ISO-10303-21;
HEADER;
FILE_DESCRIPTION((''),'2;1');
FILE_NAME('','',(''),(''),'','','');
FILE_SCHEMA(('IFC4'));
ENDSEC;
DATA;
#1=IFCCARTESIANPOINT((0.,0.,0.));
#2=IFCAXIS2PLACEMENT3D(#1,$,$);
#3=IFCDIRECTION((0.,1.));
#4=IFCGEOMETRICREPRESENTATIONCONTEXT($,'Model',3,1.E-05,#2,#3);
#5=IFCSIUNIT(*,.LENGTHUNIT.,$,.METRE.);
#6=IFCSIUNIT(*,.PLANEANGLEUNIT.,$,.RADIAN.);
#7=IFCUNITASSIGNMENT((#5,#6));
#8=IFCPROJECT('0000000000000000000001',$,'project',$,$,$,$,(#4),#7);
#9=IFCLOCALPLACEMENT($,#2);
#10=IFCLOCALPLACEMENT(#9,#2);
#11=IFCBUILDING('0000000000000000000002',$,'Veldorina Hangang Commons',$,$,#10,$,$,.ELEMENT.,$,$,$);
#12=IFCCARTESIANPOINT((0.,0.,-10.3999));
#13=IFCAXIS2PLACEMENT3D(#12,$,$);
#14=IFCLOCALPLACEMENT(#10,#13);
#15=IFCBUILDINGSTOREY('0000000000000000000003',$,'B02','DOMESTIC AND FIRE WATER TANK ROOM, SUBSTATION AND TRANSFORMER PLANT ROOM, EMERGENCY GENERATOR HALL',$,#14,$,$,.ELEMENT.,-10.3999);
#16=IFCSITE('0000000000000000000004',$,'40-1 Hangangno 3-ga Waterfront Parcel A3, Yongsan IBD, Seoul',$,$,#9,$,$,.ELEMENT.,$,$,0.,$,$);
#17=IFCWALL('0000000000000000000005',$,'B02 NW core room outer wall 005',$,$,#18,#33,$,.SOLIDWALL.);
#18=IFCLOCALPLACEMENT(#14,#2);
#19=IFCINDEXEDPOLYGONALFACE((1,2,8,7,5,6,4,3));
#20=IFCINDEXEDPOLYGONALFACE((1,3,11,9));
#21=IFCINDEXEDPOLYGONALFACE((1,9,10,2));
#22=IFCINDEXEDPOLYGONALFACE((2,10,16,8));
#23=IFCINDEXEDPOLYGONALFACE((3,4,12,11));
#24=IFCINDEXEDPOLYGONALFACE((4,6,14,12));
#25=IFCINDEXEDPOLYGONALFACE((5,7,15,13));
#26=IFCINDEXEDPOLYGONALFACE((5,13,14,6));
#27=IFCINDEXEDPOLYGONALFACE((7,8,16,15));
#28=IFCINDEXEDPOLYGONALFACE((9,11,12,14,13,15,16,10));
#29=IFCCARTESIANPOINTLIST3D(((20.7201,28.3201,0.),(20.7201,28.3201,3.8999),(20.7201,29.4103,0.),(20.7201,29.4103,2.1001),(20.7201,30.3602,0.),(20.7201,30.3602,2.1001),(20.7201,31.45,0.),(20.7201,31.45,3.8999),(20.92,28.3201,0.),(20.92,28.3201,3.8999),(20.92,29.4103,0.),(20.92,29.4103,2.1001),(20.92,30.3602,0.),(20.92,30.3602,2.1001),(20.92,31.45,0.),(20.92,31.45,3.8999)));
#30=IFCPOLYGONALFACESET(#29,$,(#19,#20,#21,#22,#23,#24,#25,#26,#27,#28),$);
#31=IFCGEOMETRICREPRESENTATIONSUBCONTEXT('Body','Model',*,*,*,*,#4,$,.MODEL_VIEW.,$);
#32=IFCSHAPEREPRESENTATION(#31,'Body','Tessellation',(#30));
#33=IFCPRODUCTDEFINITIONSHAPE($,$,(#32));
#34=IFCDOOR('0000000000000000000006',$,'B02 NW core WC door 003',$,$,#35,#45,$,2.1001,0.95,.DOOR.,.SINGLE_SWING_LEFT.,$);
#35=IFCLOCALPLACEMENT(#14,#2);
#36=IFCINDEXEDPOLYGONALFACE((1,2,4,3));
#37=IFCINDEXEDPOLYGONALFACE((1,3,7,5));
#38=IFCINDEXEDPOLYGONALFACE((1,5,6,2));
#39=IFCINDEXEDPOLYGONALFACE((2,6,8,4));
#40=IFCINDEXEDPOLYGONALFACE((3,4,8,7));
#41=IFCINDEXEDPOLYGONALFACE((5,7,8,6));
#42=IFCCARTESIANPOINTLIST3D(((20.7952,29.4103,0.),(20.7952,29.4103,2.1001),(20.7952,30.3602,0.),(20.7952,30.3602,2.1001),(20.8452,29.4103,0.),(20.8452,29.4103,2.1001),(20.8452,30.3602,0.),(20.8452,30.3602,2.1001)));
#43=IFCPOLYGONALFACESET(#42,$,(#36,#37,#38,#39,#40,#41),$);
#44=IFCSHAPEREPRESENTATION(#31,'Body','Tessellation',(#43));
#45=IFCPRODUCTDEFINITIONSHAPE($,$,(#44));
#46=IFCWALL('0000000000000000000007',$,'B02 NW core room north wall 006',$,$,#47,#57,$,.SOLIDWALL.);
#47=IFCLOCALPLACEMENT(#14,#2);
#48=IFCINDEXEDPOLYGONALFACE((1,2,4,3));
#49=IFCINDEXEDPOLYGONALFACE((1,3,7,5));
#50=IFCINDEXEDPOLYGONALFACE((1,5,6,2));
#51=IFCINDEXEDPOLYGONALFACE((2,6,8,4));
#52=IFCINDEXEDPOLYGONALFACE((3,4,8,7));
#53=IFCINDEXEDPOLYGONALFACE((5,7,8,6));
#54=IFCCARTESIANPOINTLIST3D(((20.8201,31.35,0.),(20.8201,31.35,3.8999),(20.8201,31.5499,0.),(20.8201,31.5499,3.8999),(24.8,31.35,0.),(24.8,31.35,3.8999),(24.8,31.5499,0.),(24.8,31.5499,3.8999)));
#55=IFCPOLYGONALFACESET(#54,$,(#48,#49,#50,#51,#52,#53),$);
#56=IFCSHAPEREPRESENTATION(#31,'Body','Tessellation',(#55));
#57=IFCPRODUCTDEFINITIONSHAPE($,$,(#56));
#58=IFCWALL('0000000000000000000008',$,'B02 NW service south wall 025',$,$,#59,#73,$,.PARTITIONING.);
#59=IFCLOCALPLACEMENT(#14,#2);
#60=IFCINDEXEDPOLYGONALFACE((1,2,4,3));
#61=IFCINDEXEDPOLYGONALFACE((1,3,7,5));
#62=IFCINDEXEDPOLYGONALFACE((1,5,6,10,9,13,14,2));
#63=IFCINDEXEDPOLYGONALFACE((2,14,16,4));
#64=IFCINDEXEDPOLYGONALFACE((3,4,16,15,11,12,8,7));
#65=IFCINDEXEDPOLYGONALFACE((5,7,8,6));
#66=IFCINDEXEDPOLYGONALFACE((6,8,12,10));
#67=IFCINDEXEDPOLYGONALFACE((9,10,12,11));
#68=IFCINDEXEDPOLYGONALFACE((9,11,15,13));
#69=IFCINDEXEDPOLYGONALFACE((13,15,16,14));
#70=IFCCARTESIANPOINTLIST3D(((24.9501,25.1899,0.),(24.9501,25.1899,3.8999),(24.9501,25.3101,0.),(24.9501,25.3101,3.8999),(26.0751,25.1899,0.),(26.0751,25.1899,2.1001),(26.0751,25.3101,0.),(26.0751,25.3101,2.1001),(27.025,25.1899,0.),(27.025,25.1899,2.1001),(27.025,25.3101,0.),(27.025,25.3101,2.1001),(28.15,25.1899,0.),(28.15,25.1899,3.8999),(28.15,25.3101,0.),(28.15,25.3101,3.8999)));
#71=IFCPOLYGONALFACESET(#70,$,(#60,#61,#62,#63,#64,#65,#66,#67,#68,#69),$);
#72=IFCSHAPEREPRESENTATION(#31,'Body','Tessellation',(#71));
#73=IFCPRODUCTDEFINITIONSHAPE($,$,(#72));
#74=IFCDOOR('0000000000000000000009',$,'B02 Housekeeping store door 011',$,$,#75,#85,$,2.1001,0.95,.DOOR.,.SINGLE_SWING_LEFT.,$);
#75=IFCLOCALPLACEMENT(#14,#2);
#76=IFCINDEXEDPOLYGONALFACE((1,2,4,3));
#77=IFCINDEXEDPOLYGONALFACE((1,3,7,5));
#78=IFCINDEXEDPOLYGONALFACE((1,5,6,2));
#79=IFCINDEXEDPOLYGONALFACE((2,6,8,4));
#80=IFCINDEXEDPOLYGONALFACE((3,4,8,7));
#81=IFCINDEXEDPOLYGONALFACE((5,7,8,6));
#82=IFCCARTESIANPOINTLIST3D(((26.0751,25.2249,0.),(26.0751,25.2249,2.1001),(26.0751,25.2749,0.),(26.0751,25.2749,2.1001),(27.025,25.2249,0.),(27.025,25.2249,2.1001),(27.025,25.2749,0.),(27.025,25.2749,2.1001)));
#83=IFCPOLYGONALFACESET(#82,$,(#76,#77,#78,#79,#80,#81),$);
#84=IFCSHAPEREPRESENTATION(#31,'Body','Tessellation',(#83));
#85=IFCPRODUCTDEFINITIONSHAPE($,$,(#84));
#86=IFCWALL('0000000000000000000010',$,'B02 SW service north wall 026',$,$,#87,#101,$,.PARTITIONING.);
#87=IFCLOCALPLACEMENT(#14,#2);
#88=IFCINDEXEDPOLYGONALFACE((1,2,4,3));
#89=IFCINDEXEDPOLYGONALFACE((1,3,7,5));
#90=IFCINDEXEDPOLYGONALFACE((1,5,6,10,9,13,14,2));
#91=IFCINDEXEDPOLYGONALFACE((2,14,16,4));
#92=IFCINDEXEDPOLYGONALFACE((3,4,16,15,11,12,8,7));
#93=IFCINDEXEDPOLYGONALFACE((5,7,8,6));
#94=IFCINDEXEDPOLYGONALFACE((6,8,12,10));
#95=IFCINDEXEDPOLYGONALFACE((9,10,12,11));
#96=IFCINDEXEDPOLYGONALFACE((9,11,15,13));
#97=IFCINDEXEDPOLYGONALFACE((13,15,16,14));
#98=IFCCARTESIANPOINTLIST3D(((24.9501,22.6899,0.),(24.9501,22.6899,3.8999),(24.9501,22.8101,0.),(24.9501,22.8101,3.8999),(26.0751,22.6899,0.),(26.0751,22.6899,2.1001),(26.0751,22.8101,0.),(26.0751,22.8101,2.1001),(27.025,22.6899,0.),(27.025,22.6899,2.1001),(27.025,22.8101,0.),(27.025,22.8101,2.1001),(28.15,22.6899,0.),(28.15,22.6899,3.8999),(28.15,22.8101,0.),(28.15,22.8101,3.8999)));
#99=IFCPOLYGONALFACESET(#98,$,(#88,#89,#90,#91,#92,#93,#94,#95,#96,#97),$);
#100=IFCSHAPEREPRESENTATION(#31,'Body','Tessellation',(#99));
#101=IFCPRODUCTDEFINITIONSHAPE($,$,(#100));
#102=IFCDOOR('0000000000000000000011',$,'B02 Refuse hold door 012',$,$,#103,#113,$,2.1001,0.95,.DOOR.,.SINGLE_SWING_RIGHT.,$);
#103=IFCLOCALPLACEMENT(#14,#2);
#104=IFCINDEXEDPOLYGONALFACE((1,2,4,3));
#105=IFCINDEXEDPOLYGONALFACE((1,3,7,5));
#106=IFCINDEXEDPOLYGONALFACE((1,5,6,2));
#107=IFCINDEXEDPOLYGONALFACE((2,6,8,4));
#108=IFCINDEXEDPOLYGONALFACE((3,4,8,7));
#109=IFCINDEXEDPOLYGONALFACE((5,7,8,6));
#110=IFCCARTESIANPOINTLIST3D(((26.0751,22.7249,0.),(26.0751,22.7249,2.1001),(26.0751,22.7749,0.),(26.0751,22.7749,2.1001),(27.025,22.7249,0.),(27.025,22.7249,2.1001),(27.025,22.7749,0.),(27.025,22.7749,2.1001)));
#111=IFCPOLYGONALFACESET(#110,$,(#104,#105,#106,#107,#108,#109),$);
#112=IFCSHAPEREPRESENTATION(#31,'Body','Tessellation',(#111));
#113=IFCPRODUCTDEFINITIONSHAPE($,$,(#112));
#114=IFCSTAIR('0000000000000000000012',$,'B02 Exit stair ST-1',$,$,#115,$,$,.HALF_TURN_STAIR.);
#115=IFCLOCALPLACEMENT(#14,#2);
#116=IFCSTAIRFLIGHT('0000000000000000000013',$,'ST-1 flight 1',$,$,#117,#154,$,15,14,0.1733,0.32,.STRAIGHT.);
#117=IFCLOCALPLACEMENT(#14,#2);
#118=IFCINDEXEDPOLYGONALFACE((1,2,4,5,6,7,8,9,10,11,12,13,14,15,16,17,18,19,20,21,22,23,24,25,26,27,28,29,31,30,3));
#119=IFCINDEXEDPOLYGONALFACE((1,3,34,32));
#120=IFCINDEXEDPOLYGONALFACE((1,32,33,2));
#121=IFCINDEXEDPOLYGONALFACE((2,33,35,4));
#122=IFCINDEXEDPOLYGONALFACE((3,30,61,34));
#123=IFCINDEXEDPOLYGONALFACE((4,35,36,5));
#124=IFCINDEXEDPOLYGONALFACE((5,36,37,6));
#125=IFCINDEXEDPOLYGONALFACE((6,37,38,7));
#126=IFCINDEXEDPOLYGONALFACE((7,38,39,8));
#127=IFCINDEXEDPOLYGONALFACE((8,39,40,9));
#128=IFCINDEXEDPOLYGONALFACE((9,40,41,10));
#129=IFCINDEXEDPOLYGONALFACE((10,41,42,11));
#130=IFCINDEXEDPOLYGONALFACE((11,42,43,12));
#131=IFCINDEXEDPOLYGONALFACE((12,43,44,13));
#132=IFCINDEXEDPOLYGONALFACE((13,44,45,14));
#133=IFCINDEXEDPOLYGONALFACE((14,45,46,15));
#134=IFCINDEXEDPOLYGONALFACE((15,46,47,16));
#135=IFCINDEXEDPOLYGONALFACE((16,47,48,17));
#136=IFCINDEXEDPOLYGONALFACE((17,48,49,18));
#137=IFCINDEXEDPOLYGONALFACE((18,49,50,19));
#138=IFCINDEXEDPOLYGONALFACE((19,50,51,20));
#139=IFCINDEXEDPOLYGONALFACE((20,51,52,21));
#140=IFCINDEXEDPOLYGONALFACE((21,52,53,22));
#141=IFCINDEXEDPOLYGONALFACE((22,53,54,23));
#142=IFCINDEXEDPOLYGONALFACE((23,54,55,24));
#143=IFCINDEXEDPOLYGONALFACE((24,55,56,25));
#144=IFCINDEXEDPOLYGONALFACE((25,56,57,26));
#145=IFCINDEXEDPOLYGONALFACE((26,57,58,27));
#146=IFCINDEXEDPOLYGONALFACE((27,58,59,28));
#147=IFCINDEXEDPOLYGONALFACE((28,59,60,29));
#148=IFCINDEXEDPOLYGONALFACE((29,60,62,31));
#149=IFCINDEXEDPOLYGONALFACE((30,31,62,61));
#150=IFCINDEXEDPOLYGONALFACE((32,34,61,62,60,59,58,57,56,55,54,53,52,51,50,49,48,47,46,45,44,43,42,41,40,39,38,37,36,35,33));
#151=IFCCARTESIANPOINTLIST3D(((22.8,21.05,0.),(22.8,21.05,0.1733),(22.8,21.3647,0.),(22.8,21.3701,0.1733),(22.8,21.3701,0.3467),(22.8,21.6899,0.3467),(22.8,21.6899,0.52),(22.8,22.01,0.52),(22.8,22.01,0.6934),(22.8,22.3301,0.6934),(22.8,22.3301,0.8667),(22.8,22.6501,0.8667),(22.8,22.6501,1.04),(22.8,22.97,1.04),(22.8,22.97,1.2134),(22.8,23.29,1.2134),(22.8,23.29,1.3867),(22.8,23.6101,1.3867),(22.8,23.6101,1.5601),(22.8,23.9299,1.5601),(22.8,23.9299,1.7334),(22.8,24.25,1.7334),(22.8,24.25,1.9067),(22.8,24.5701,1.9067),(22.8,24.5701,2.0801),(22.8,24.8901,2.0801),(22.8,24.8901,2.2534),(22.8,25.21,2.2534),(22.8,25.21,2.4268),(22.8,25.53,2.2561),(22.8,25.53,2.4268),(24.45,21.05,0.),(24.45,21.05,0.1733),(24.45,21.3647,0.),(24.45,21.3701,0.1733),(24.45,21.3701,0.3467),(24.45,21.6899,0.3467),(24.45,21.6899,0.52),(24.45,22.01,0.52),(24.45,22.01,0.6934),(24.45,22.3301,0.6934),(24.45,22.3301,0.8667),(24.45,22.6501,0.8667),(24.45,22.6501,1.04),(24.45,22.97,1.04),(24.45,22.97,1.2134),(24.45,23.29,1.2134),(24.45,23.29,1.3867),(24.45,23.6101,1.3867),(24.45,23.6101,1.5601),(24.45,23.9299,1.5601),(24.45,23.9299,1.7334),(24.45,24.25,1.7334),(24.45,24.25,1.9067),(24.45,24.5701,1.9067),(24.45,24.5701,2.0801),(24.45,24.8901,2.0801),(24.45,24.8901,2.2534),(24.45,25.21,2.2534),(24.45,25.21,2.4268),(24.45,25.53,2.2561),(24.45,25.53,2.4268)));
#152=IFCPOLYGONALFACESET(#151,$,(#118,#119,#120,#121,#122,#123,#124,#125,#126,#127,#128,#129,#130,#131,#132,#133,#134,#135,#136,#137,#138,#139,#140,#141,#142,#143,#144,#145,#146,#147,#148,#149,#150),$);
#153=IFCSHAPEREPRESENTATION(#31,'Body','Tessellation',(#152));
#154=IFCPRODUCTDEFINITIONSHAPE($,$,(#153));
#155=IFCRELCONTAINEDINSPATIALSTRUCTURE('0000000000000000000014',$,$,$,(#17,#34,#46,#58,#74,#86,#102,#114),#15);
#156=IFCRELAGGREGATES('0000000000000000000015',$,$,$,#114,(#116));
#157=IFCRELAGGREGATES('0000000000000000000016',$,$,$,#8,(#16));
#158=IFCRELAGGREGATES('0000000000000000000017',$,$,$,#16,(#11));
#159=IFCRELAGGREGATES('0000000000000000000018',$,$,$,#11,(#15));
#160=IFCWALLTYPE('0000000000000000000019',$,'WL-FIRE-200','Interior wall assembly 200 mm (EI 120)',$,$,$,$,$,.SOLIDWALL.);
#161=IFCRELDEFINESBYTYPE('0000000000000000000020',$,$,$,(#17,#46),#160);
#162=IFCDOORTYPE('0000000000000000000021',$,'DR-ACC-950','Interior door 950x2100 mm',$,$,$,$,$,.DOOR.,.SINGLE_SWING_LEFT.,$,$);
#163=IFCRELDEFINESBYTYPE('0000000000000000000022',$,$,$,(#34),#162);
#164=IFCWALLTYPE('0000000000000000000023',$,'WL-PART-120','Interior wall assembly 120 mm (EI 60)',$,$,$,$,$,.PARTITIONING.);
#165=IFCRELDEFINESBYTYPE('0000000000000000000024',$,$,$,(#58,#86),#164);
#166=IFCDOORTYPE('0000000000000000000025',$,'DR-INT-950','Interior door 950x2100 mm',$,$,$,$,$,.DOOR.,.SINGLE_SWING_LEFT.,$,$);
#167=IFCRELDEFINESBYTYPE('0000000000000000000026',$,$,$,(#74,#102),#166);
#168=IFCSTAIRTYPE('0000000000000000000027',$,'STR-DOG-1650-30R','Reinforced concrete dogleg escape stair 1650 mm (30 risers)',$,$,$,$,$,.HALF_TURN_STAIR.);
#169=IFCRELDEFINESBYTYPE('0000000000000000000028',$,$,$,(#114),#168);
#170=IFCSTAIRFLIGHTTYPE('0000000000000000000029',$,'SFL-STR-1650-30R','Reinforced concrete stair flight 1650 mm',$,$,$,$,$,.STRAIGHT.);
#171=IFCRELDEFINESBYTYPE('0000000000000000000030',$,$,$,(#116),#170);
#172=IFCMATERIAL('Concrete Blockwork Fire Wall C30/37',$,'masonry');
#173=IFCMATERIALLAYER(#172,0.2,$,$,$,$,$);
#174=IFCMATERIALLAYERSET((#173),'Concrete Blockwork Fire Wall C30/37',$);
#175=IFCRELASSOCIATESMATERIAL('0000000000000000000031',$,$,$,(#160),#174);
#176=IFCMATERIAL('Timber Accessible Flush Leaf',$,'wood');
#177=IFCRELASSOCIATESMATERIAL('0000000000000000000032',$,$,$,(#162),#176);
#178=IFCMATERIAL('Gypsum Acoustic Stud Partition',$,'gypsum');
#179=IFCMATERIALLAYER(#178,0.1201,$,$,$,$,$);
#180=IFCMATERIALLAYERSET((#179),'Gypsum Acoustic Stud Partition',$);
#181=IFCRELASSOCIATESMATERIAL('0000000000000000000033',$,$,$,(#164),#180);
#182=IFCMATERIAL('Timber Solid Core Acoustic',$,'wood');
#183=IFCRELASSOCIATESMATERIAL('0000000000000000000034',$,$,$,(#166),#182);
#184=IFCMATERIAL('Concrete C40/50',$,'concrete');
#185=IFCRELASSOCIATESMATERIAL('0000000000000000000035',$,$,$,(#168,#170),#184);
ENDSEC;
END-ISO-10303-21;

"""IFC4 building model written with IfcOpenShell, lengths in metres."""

from ifc_helpers import new_model, si_unit, direction, frame, frame_2d, origin, place, context, subcontext, project, spatial, polyline, rectangle, outline, extrude, material, layer, layer_set, type_object, element, fill, aggregate, save


model = new_model("IFC4")

# Units and contexts
model_context = context("Model", 3, precision=1e-05, world=origin(), true_north=direction((0.0, 1.0)))
body_context = subcontext(model_context, "Body", "Model", "MODEL_VIEW")
ifc_project = project(units=[si_unit("LENGTHUNIT", "METRE"), si_unit("PLANEANGLEUNIT", "RADIAN")], contexts=[model_context])

# Site, building, storey
site_placement = place(None, origin())
site = spatial("IfcSite", under=ifc_project, at=site_placement, Name="40-1 Hangangno 3-ga Waterfront Parcel A3, Yongsan IBD, Seoul", CompositionType="ELEMENT", RefElevation=0.0)
building_placement = place(site_placement, origin())
building = spatial("IfcBuilding", under=site, at=building_placement, Name="Veldorina Hangang Commons", CompositionType="ELEMENT")
storey_placement = place(building_placement, frame((0.0, 0.0, -10.3999)))
storey = spatial("IfcBuildingStorey", under=building, at=storey_placement, Name="B02", Description="DOMESTIC AND FIRE WATER TANK ROOM, SUBSTATION AND TRANSFORMER PLANT ROOM, EMERGENCY GENERATOR HALL", CompositionType="ELEMENT", Elevation=-10.3999)

# Wall, opening, door
ifc_material_1 = material(Name="Concrete Blockwork Fire Wall C30/37", Category="masonry")
ifc_layer_1 = layer(ifc_material_1, 0.2)
ifc_layer_set_1 = layer_set([ifc_layer_1], Name="Concrete Blockwork Fire Wall C30/37")
wall_type_1 = type_object("IfcWallType", Name="WL-FIRE-200", Description="Interior wall assembly 200 mm (EI 120)", PredefinedType="SOLIDWALL", material=ifc_layer_set_1)
wall_1_placement = place(storey_placement, frame((20.8201, 28.3201, 0.0), z_axis=(0.0, 0.0, 1.0), x_axis=(0.0, 1.0, 0.0)))
wall_1 = element("IfcWall", 1, at=wall_1_placement, inside=storey, type_object=wall_type_1, Name="B02 NW core room outer wall 005", PredefinedType="SOLIDWALL", context=body_context, shape_type="SweptSolid", body=[
    extrude(rectangle(XDim=3.1299, YDim=0.2, at=frame_2d((1.5649, 0.0))), origin(), (0.0, 0.0, 1.0), 3.8999),
])
opening_1_placement = place(wall_1_placement, frame((1.0901, 0.0, 0.0)))
opening_1 = element("IfcOpeningElement", 2, at=opening_1_placement, cuts=wall_1, PredefinedType="OPENING", context=body_context, shape_type="SweptSolid", body=[
    extrude(rectangle(XDim=0.95, YDim=2.1001, at=frame_2d((0.4751, 1.05))), frame((0.0, 0.1099, 0.0), z_axis=(0.0, -1.0, 0.0), x_axis=(1.0, 0.0, 0.0)), (0.0, 0.0, 1.0), 0.22),
])
ifc_material_2 = material(Name="Timber Accessible Flush Leaf", Category="wood")
door_type_1 = type_object("IfcDoorType", Name="DR-ACC-950", Description="Interior door 950x2100 mm", OperationType="SINGLE_SWING_LEFT", PredefinedType="DOOR", material=ifc_material_2)
door_1_placement = place(opening_1_placement, origin())
door_1 = element("IfcDoor", 3, at=door_1_placement, inside=storey, type_object=door_type_1, Name="B02 NW core WC door 003", OperationType="SINGLE_SWING_LEFT", OverallHeight=2.1001, OverallWidth=0.95, PredefinedType="DOOR", context=body_context, shape_type="SweptSolid", body=[
    extrude(rectangle(XDim=0.95, YDim=2.1001, at=frame_2d((0.4751, 1.05))), frame((0.0, 0.0249, 0.0), z_axis=(0.0, -1.0, 0.0), x_axis=(1.0, 0.0, 0.0)), (0.0, 0.0, 1.0), 0.05),
])
fill(opening_1, door_1)

# Wall
wall_2_placement = place(storey_placement, frame((20.8201, 31.45, 0.0), z_axis=(0.0, 0.0, 1.0), x_axis=(1.0, 0.0, 0.0)))
element("IfcWall", 4, at=wall_2_placement, inside=storey, type_object=wall_type_1, Name="B02 NW core room north wall 006", PredefinedType="SOLIDWALL", context=body_context, shape_type="SweptSolid", body=[
    extrude(rectangle(XDim=3.98, YDim=0.2, at=frame_2d((1.99, 0.0))), origin(), (0.0, 0.0, 1.0), 3.8999),
])

# Walls, openings, doors
ifc_material_3 = material(Name="Gypsum Acoustic Stud Partition", Category="gypsum")
ifc_layer_2 = layer(ifc_material_3, 0.1201)
ifc_layer_set_2 = layer_set([ifc_layer_2], Name="Gypsum Acoustic Stud Partition")
wall_type_2 = type_object("IfcWallType", Name="WL-PART-120", Description="Interior wall assembly 120 mm (EI 60)", PredefinedType="PARTITIONING", material=ifc_layer_set_2)
wall_3_placement = place(storey_placement, frame((24.95, 25.25, 0.0), z_axis=(0.0, 0.0, 1.0), x_axis=(1.0, 0.0, 0.0)))
wall_3 = element("IfcWall", 5, at=wall_3_placement, inside=storey, type_object=wall_type_2, Name="B02 NW service south wall 025", PredefinedType="PARTITIONING", context=body_context, shape_type="SweptSolid", body=[
    extrude(rectangle(XDim=3.2, YDim=0.1201, at=frame_2d((1.6001, 0.0))), origin(), (0.0, 0.0, 1.0), 3.8999),
])
opening_2_placement = place(wall_3_placement, frame((1.125, 0.0, 0.0)))
opening_2 = element("IfcOpeningElement", 6, at=opening_2_placement, cuts=wall_3, PredefinedType="OPENING", context=body_context, shape_type="SweptSolid", body=[
    extrude(rectangle(XDim=0.95, YDim=2.1001, at=frame_2d((0.4751, 1.05))), frame((0.0, 0.0701, 0.0), z_axis=(0.0, -1.0, 0.0), x_axis=(1.0, 0.0, 0.0)), (0.0, 0.0, 1.0), 0.1401),
])
ifc_material_4 = material(Name="Timber Solid Core Acoustic", Category="wood")
door_type_2 = type_object("IfcDoorType", Name="DR-INT-950", Description="Interior door 950x2100 mm", OperationType="SINGLE_SWING_LEFT", PredefinedType="DOOR", material=ifc_material_4)
door_2_placement = place(opening_2_placement, origin())
door_2 = element("IfcDoor", 7, at=door_2_placement, inside=storey, type_object=door_type_2, Name="B02 Housekeeping store door 011", OperationType="SINGLE_SWING_LEFT", OverallHeight=2.1001, OverallWidth=0.95, PredefinedType="DOOR", context=body_context, shape_type="SweptSolid", body=[
    extrude(rectangle(XDim=0.95, YDim=2.1001, at=frame_2d((0.4751, 1.05))), frame((0.0, 0.0249, 0.0), z_axis=(0.0, -1.0, 0.0), x_axis=(1.0, 0.0, 0.0)), (0.0, 0.0, 1.0), 0.05),
])
fill(opening_2, door_2)
wall_4_placement = place(storey_placement, frame((24.95, 22.75, 0.0), z_axis=(0.0, 0.0, 1.0), x_axis=(1.0, 0.0, 0.0)))
wall_4 = element("IfcWall", 8, at=wall_4_placement, inside=storey, type_object=wall_type_2, Name="B02 SW service north wall 026", PredefinedType="PARTITIONING", context=body_context, shape_type="SweptSolid", body=[
    extrude(rectangle(XDim=3.2, YDim=0.1201, at=frame_2d((1.6001, 0.0))), origin(), (0.0, 0.0, 1.0), 3.8999),
])
opening_3_placement = place(wall_4_placement, frame((1.125, 0.0, 0.0)))
opening_3 = element("IfcOpeningElement", 9, at=opening_3_placement, cuts=wall_4, PredefinedType="OPENING", context=body_context, shape_type="SweptSolid", body=[
    extrude(rectangle(XDim=0.95, YDim=2.1001, at=frame_2d((0.4751, 1.05))), frame((0.0, 0.0701, 0.0), z_axis=(0.0, -1.0, 0.0), x_axis=(1.0, 0.0, 0.0)), (0.0, 0.0, 1.0), 0.1401),
])
door_3_placement = place(opening_3_placement, origin())
door_3 = element("IfcDoor", 10, at=door_3_placement, inside=storey, type_object=door_type_2, Name="B02 Refuse hold door 012", OperationType="SINGLE_SWING_RIGHT", OverallHeight=2.1001, OverallWidth=0.95, PredefinedType="DOOR", context=body_context, shape_type="SweptSolid", body=[
    extrude(rectangle(XDim=0.95, YDim=2.1001, at=frame_2d((0.4751, 1.05))), frame((0.0, 0.0249, 0.0), z_axis=(0.0, -1.0, 0.0), x_axis=(1.0, 0.0, 0.0)), (0.0, 0.0, 1.0), 0.05),
])
fill(opening_3, door_3)

# Stair, stair flight
ifc_material_5 = material(Name="Concrete C40/50", Category="concrete")
stair_type = type_object("IfcStairType", Name="STR-DOG-1650-30R", Description="Reinforced concrete dogleg escape stair 1650 mm (30 risers)", PredefinedType="HALF_TURN_STAIR", material=ifc_material_5)
stair_placement = place(storey_placement, origin())
stair = element("IfcStair", 11, at=stair_placement, inside=storey, type_object=stair_type, Name="B02 Exit stair ST-1", PredefinedType="HALF_TURN_STAIR")
stair_flight_type = type_object("IfcStairFlightType", Name="SFL-STR-1650-30R", Description="Reinforced concrete stair flight 1650 mm", PredefinedType="STRAIGHT", material=ifc_material_5)
stair_flight_1_placement = place(storey_placement, frame((23.625, 21.05, 0.0), z_axis=(0.0, 0.0, 1.0), x_axis=(0.0, 1.0, 0.0)))
stair_flight_1 = element("IfcStairFlight", 12, at=stair_flight_1_placement, type_object=stair_flight_type, Name="ST-1 flight 1", NumberOfRisers=15, NumberOfTreads=14, PredefinedType="STRAIGHT", RiserHeight=0.1733, TreadLength=0.32, context=body_context, shape_type="SweptSolid", body=[
    extrude(outline(polyline([(0.0, 0.0), (0.0, 0.1733), (0.3201, 0.1733), (0.3201, 0.3467), (0.6399, 0.3467), (0.6399, 0.52), (0.96, 0.52), (0.96, 0.6934), (1.28, 0.6934), (1.28, 0.8667), (1.6001, 0.8667), (1.6001, 1.04), (1.9199, 1.04), (1.9199, 1.2134), (2.24, 1.2134), (2.24, 1.3867), (2.5601, 1.3867), (2.5601, 1.5601), (2.8799, 1.5601), (2.8799, 1.7334), (3.2, 1.7334), (3.2, 1.9067), (3.52, 1.9067), (3.52, 2.0801), (3.8401, 2.0801), (3.8401, 2.2534), (4.1599, 2.2534), (4.1599, 2.4268), (4.48, 2.4268), (4.48, 2.6001), (4.48, 2.2561), (0.3147, 0.0), (0.0, 0.0)])), frame((0.0, 0.825, 0.0), z_axis=(0.0, -1.0, 0.0), x_axis=(1.0, 0.0, 0.0)), (0.0, 0.0, 1.0), 1.6499),
])
aggregate(stair, [stair_flight_1])

save(model, "model.ifc")
